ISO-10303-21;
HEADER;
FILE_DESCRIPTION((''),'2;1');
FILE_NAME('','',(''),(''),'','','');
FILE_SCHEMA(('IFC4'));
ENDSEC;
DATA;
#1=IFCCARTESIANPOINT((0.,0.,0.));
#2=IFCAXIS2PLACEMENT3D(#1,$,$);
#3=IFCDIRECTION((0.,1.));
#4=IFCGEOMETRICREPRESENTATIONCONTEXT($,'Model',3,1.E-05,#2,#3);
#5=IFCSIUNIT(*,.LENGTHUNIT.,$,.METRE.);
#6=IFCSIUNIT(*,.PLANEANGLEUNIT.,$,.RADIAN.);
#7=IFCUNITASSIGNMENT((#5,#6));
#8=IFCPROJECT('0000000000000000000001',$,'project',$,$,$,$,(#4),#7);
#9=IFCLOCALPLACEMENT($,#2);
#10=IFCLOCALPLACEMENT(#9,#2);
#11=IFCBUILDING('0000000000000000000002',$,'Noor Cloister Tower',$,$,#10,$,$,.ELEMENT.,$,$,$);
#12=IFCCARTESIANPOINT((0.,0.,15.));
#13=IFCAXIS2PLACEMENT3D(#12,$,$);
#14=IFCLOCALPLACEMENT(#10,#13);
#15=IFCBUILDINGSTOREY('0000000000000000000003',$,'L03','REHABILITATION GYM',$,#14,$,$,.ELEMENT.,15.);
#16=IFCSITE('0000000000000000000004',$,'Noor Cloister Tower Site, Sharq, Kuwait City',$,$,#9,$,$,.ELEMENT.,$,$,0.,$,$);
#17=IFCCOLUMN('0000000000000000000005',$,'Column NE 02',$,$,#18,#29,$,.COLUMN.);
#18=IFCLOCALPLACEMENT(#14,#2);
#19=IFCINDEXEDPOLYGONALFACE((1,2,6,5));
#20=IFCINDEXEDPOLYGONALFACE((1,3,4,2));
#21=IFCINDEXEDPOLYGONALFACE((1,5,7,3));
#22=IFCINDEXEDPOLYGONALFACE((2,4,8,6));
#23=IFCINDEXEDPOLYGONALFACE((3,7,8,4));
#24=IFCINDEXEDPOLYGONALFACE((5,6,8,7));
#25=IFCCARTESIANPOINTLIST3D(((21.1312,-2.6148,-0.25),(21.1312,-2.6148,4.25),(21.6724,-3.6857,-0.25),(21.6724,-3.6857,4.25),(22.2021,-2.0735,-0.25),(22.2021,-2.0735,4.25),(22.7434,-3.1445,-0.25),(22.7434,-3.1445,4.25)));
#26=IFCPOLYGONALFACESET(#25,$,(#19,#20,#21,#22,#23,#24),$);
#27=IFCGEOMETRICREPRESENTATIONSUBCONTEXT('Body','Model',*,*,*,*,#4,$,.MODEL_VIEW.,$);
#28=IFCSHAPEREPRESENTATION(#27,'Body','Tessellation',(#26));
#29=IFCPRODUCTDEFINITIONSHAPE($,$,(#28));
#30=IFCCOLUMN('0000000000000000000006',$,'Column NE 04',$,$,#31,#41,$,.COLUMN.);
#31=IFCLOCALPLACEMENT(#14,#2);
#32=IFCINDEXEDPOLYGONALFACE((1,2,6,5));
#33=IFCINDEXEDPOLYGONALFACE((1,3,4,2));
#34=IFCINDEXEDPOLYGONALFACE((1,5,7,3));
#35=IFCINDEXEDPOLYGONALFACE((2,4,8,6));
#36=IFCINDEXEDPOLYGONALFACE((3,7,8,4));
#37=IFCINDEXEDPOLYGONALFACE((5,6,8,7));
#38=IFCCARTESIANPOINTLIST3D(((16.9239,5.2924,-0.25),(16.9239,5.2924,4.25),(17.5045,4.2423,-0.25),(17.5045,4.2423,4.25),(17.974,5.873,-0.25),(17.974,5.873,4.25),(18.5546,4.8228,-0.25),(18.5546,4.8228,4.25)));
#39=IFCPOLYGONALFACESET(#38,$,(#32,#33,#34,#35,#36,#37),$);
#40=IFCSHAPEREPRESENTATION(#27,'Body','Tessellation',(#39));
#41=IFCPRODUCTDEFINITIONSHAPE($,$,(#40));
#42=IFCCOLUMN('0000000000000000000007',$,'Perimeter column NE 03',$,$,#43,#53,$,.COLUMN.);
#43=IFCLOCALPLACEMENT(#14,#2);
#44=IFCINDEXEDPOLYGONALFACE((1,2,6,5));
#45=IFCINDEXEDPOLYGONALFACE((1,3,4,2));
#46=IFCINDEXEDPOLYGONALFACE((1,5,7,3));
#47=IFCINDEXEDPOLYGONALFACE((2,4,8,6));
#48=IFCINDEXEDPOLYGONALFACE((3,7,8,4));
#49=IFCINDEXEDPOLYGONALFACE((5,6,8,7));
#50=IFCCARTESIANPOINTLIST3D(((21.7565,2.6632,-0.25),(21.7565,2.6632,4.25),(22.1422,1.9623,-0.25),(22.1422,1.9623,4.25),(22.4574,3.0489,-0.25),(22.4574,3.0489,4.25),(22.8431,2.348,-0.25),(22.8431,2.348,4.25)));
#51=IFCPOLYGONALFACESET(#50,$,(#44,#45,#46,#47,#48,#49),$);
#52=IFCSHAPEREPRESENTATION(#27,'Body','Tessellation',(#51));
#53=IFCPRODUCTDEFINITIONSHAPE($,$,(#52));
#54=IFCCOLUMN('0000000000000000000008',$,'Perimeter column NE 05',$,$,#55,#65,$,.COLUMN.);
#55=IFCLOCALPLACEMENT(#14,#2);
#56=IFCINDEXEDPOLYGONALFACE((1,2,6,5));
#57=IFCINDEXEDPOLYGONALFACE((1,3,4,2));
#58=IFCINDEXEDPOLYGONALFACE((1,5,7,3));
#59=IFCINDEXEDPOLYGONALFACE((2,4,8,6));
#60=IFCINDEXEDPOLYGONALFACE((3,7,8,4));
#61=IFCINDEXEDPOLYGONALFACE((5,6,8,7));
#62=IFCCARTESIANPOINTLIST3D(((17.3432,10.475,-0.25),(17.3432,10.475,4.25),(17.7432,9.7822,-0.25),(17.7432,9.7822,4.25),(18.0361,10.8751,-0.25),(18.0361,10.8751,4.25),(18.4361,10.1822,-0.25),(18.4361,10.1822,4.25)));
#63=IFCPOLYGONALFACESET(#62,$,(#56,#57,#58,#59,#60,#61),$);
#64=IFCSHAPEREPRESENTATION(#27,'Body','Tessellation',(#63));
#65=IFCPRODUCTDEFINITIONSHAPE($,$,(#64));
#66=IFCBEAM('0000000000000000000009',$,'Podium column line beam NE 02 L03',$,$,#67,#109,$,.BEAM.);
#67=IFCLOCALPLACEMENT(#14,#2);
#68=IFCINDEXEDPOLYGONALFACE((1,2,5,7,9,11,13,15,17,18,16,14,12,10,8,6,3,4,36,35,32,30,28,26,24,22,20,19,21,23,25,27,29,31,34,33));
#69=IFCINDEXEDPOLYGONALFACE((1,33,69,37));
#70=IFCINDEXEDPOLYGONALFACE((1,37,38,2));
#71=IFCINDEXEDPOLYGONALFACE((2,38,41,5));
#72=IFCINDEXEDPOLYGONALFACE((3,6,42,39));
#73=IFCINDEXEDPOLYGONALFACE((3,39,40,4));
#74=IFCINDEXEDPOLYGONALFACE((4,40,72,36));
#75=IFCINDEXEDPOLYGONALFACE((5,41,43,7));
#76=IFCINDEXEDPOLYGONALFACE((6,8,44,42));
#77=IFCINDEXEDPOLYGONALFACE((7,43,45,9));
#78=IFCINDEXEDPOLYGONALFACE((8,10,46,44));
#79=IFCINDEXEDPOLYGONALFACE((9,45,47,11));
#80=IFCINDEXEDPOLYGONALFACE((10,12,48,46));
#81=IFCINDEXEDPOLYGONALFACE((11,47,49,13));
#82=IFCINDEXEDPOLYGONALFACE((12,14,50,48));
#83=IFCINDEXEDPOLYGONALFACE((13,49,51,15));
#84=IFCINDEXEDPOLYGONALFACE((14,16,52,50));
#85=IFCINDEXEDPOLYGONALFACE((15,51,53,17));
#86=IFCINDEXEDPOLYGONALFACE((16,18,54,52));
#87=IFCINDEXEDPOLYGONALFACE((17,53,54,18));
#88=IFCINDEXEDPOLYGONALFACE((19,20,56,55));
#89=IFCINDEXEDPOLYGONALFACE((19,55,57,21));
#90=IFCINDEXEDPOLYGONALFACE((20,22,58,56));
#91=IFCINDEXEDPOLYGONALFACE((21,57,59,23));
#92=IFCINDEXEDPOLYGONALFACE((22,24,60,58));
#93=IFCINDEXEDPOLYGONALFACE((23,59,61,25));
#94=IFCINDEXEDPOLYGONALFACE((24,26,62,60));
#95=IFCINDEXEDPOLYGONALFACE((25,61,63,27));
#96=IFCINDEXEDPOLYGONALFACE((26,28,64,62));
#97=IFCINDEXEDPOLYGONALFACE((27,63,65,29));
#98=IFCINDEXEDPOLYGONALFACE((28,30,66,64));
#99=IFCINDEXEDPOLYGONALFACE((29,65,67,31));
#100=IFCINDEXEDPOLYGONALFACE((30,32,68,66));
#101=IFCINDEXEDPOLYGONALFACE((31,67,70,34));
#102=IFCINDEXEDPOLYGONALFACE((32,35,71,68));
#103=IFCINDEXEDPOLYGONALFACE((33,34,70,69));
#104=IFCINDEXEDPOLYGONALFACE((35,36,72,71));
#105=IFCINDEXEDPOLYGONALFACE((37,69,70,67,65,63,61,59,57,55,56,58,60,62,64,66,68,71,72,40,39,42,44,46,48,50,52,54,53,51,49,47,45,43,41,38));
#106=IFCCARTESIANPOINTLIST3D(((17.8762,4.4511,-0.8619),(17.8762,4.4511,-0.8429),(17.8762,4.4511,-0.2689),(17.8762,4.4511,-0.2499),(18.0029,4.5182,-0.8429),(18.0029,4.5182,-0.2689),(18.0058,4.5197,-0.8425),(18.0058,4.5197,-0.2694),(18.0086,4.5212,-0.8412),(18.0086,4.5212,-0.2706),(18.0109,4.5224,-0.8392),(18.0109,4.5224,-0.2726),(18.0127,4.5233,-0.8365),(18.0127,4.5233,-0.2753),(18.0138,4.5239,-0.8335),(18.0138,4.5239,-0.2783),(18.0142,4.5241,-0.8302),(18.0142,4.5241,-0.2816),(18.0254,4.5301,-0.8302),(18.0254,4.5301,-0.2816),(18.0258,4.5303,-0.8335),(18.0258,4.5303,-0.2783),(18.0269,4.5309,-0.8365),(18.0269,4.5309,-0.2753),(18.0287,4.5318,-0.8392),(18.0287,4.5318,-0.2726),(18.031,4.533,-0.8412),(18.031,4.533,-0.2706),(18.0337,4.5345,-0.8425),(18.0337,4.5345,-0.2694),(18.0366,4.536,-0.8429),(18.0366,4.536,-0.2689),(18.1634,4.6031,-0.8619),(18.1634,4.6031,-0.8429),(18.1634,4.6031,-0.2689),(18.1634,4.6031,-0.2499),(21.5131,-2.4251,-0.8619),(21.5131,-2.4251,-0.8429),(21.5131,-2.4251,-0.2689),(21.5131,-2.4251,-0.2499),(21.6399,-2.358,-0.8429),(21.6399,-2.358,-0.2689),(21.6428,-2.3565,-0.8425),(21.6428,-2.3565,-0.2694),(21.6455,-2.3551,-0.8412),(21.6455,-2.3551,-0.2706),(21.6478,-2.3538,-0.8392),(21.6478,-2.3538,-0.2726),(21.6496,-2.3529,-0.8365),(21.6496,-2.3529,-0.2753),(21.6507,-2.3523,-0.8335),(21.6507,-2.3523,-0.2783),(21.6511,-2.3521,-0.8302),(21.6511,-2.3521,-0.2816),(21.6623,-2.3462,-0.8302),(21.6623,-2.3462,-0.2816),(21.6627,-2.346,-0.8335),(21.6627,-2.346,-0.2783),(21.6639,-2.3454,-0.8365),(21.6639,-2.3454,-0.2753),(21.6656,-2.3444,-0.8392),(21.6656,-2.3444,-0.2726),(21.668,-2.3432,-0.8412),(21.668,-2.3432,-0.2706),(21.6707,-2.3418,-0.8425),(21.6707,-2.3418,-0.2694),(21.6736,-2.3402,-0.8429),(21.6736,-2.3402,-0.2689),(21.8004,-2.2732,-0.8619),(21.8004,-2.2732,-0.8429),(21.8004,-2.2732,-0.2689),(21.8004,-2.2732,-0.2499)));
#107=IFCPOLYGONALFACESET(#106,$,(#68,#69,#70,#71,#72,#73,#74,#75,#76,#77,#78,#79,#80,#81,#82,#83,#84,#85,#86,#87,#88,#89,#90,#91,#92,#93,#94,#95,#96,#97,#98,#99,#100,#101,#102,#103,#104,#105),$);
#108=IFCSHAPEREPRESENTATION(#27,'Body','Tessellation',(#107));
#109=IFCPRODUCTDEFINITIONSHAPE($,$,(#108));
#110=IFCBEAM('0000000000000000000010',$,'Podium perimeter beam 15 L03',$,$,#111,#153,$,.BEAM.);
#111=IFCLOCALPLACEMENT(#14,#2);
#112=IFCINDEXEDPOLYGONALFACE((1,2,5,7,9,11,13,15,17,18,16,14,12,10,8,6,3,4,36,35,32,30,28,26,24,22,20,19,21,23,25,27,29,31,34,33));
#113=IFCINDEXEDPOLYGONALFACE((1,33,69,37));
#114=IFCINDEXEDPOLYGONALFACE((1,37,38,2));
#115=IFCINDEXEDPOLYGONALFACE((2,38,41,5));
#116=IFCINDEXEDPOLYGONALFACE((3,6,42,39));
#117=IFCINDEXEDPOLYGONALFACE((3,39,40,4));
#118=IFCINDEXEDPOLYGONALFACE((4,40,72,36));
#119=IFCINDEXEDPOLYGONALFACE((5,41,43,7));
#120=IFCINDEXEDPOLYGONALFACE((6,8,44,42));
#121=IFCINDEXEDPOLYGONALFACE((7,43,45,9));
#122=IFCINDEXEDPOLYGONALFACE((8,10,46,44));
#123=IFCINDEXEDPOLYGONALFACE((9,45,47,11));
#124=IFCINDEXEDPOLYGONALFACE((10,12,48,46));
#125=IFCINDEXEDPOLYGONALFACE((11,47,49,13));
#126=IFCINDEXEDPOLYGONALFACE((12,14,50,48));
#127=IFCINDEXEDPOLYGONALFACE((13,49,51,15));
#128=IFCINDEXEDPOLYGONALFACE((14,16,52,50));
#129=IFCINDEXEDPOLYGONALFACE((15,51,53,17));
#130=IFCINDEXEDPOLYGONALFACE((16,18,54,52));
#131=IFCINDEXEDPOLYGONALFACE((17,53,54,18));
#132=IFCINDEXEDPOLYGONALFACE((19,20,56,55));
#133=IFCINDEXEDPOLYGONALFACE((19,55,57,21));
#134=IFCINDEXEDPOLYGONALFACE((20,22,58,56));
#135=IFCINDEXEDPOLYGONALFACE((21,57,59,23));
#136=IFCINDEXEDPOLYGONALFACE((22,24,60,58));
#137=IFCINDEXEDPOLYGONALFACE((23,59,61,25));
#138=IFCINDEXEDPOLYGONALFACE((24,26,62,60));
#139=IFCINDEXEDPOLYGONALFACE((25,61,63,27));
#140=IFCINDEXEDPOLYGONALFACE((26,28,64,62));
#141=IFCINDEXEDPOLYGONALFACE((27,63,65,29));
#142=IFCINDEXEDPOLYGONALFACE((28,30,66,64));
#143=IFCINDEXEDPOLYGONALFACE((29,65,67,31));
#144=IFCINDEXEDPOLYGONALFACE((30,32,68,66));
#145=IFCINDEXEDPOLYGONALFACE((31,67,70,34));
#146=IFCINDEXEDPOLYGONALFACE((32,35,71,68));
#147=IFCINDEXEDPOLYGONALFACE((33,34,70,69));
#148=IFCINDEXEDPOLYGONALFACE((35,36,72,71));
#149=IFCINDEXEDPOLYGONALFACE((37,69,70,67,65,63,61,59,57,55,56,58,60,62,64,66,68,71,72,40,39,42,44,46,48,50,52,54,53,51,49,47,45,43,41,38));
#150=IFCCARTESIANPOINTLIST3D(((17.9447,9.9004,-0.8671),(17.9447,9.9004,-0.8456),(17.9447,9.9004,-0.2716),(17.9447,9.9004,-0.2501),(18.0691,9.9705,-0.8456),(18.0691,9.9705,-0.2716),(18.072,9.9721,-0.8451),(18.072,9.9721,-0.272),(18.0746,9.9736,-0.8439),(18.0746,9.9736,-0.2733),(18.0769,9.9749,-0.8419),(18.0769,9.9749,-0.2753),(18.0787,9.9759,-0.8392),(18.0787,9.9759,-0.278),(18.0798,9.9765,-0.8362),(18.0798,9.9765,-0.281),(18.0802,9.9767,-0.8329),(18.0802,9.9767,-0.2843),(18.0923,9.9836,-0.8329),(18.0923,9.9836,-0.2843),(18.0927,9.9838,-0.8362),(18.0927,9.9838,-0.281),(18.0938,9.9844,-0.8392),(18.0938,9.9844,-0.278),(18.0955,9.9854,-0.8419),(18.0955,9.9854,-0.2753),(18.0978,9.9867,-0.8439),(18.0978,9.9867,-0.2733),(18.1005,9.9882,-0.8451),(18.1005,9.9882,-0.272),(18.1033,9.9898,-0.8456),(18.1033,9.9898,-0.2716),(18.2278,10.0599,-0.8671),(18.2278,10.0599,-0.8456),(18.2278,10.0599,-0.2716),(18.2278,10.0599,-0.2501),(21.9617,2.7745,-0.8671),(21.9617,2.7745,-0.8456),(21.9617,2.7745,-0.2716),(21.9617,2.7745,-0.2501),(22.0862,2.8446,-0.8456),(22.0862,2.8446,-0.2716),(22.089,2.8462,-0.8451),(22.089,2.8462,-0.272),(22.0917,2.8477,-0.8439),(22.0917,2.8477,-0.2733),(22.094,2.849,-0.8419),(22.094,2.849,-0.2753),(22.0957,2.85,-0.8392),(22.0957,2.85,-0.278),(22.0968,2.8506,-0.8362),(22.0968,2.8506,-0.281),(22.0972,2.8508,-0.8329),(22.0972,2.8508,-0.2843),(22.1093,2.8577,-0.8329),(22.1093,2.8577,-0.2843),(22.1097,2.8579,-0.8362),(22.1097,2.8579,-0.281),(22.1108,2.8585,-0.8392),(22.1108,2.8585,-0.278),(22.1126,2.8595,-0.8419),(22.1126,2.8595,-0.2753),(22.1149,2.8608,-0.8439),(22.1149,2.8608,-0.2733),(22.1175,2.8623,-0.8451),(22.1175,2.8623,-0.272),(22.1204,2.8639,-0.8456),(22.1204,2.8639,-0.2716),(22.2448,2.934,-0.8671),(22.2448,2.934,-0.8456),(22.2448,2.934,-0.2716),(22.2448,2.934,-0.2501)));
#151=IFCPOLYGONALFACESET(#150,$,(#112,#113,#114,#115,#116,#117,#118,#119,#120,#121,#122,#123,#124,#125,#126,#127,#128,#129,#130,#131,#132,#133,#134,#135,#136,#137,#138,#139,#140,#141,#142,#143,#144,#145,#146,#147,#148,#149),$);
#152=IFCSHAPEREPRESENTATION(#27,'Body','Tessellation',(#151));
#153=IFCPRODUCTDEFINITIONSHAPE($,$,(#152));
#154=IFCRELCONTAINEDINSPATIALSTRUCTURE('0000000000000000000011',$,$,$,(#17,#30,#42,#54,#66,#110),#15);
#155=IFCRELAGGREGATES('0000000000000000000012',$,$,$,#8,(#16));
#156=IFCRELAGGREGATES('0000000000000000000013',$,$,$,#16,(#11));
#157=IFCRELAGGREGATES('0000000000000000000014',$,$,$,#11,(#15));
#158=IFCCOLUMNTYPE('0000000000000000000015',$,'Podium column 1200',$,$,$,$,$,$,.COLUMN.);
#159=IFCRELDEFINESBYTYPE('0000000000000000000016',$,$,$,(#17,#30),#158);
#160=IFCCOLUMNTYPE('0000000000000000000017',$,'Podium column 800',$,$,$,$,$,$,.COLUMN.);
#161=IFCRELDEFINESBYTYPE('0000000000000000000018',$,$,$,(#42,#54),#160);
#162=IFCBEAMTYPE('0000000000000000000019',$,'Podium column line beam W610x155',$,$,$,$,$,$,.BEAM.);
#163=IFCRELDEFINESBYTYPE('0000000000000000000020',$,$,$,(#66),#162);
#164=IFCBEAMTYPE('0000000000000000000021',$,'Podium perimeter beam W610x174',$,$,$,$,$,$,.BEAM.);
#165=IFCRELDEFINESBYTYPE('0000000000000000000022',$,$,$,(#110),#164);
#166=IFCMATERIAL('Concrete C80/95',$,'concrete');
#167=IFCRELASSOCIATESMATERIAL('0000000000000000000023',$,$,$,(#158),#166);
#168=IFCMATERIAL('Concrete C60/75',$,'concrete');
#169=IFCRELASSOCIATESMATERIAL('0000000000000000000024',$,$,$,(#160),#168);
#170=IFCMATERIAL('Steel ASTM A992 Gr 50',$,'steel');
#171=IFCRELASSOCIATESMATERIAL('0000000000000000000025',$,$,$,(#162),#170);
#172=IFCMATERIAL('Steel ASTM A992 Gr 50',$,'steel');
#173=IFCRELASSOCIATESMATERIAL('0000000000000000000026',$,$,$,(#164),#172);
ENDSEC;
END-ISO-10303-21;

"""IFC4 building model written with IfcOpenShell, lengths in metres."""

from ifc_helpers import new_model, si_unit, direction, frame, origin, origin_2d, place, context, subcontext, project, spatial, rectangle, i_section, extrude, material, material_profile, profile_set, type_object, element, save


model = new_model("IFC4")

# Units and contexts
model_context = context("Model", 3, precision=1e-05, world=origin(), true_north=direction((0.0, 1.0)))
body_context = subcontext(model_context, "Body", "Model", "MODEL_VIEW")
ifc_project = project(units=[si_unit("LENGTHUNIT", "METRE"), si_unit("PLANEANGLEUNIT", "RADIAN")], contexts=[model_context])

# Site, building, storey
site_placement = place(None, origin())
site = spatial("IfcSite", under=ifc_project, at=site_placement, Name="Noor Cloister Tower Site, Sharq, Kuwait City", CompositionType="ELEMENT", RefElevation=0.0)
building_placement = place(site_placement, origin())
building = spatial("IfcBuilding", under=site, at=building_placement, Name="Noor Cloister Tower", CompositionType="ELEMENT")
storey_placement = place(building_placement, frame((0.0, 0.0, 15.0)))
storey = spatial("IfcBuildingStorey", under=building, at=storey_placement, Name="L03", Description="REHABILITATION GYM", CompositionType="ELEMENT", Elevation=15.0)

# Columns
ifc_material_1 = material(Name="Concrete C80/95", Category="concrete")
ifc_material_profile_1 = material_profile(ifc_material_1, rectangle(XDim=1.2, YDim=1.2, at=origin_2d()), Name="Podium column 1200")
ifc_profile_set_1 = profile_set([ifc_material_profile_1], Name="Concrete C80/95")
column_type_1 = type_object("IfcColumnType", Name="Podium column 1200", PredefinedType="COLUMN", material=ifc_profile_set_1)
for number, where, z_axis, x_axis, name in (
    (1, (21.9373, -2.8796, -0.25), (0.0, 0.0, 1.0), (0.892501, 0.451046, 0.0), "Column NE 02"),
    (2, (17.7393, 5.0576, -0.25), (0.0, 0.0, 1.0), (0.875153, 0.483847, 0.0), "Column NE 04"),
):
    element("IfcColumn", number, at=place(storey_placement, frame(where, z_axis=z_axis, x_axis=x_axis)), inside=storey, type_object=column_type_1, Name=name, PredefinedType="COLUMN", context=body_context, shape_type="SweptSolid", body=[
        extrude(rectangle(XDim=1.2, YDim=1.2, at=origin_2d()), origin(), (0.0, 0.0, 1.0), 4.5),
    ])
ifc_material_2 = material(Name="Concrete C60/75", Category="concrete")
ifc_material_profile_2 = material_profile(ifc_material_2, rectangle(XDim=0.8, YDim=0.8, at=origin_2d()), Name="Podium column 800")
ifc_profile_set_2 = profile_set([ifc_material_profile_2], Name="Concrete C60/75")
column_type_2 = type_object("IfcColumnType", Name="Podium column 800", PredefinedType="COLUMN", material=ifc_profile_set_2)
for number, where, z_axis, x_axis, name in (
    (3, (22.2998, 2.5056, -0.25), (0.0, 0.0, 1.0), (0.876111, 0.482109, 0.0), "Perimeter column NE 03"),
    (4, (17.8896, 10.3286, -0.25), (0.0, 0.0, 1.0), (0.866025, 0.5, 0.0), "Perimeter column NE 05"),
):
    element("IfcColumn", number, at=place(storey_placement, frame(where, z_axis=z_axis, x_axis=x_axis)), inside=storey, type_object=column_type_2, Name=name, PredefinedType="COLUMN", context=body_context, shape_type="SweptSolid", body=[
        extrude(rectangle(XDim=0.8, YDim=0.8, at=origin_2d()), origin(), (0.0, 0.0, 1.0), 4.5),
    ])

# Beams
ifc_material_3 = material(Name="Steel ASTM A992 Gr 50", Category="steel")
ifc_material_profile_3 = material_profile(ifc_material_3, i_section(OverallWidth=0.325, OverallDepth=0.6121, WebThickness=0.0127, FlangeThickness=0.019, FilletRadius=0.0127, at=origin_2d()), Name="W610x155")
ifc_profile_set_3 = profile_set([ifc_material_profile_3], Name="Steel ASTM A992 Gr 50")
beam_type_1 = type_object("IfcBeamType", Name="Podium column line beam W610x155", PredefinedType="BEAM", material=ifc_profile_set_3)
beam_1_placement = place(storey_placement, frame((21.6567, -2.3491, -0.5559), z_axis=(-0.467547, 0.883968, 0.0), x_axis=(-0.883968, -0.467547, 0.0)))
element("IfcBeam", 5, at=beam_1_placement, inside=storey, type_object=beam_type_1, Name="Podium column line beam NE 02 L03", PredefinedType="BEAM", context=body_context, shape_type="SweptSolid", body=[
    extrude(i_section(OverallWidth=0.325, OverallDepth=0.6121, WebThickness=0.0127, FlangeThickness=0.019, FilletRadius=0.0127, at=origin_2d()), origin(), (0.0, 0.0, 1.0), 7.7788),
])
ifc_material_4 = material(Name="Steel ASTM A992 Gr 50", Category="steel")
ifc_material_profile_4 = material_profile(ifc_material_4, i_section(OverallWidth=0.325, OverallDepth=0.6169, WebThickness=0.0139, FlangeThickness=0.0215, FilletRadius=0.0127, at=origin_2d()), Name="W610x174")
ifc_profile_set_4 = profile_set([ifc_material_profile_4], Name="Steel ASTM A992 Gr 50")
beam_type_2 = type_object("IfcBeamType", Name="Podium perimeter beam W610x174", PredefinedType="BEAM", material=ifc_profile_set_4)
beam_2_placement = place(storey_placement, frame((22.1033, 2.8542, -0.5586), z_axis=(-0.491072, 0.871119, 0.0), x_axis=(-0.871119, -0.491072, 0.0)))
element("IfcBeam", 6, at=beam_2_placement, inside=storey, type_object=beam_type_2, Name="Podium perimeter beam 15 L03", PredefinedType="BEAM", context=body_context, shape_type="SweptSolid", body=[
    extrude(i_section(OverallWidth=0.325, OverallDepth=0.6169, WebThickness=0.0139, FlangeThickness=0.0215, FilletRadius=0.0127, at=origin_2d()), origin(), (0.0, 0.0, 1.0), 8.1802),
])

save(model, "model.ifc")
